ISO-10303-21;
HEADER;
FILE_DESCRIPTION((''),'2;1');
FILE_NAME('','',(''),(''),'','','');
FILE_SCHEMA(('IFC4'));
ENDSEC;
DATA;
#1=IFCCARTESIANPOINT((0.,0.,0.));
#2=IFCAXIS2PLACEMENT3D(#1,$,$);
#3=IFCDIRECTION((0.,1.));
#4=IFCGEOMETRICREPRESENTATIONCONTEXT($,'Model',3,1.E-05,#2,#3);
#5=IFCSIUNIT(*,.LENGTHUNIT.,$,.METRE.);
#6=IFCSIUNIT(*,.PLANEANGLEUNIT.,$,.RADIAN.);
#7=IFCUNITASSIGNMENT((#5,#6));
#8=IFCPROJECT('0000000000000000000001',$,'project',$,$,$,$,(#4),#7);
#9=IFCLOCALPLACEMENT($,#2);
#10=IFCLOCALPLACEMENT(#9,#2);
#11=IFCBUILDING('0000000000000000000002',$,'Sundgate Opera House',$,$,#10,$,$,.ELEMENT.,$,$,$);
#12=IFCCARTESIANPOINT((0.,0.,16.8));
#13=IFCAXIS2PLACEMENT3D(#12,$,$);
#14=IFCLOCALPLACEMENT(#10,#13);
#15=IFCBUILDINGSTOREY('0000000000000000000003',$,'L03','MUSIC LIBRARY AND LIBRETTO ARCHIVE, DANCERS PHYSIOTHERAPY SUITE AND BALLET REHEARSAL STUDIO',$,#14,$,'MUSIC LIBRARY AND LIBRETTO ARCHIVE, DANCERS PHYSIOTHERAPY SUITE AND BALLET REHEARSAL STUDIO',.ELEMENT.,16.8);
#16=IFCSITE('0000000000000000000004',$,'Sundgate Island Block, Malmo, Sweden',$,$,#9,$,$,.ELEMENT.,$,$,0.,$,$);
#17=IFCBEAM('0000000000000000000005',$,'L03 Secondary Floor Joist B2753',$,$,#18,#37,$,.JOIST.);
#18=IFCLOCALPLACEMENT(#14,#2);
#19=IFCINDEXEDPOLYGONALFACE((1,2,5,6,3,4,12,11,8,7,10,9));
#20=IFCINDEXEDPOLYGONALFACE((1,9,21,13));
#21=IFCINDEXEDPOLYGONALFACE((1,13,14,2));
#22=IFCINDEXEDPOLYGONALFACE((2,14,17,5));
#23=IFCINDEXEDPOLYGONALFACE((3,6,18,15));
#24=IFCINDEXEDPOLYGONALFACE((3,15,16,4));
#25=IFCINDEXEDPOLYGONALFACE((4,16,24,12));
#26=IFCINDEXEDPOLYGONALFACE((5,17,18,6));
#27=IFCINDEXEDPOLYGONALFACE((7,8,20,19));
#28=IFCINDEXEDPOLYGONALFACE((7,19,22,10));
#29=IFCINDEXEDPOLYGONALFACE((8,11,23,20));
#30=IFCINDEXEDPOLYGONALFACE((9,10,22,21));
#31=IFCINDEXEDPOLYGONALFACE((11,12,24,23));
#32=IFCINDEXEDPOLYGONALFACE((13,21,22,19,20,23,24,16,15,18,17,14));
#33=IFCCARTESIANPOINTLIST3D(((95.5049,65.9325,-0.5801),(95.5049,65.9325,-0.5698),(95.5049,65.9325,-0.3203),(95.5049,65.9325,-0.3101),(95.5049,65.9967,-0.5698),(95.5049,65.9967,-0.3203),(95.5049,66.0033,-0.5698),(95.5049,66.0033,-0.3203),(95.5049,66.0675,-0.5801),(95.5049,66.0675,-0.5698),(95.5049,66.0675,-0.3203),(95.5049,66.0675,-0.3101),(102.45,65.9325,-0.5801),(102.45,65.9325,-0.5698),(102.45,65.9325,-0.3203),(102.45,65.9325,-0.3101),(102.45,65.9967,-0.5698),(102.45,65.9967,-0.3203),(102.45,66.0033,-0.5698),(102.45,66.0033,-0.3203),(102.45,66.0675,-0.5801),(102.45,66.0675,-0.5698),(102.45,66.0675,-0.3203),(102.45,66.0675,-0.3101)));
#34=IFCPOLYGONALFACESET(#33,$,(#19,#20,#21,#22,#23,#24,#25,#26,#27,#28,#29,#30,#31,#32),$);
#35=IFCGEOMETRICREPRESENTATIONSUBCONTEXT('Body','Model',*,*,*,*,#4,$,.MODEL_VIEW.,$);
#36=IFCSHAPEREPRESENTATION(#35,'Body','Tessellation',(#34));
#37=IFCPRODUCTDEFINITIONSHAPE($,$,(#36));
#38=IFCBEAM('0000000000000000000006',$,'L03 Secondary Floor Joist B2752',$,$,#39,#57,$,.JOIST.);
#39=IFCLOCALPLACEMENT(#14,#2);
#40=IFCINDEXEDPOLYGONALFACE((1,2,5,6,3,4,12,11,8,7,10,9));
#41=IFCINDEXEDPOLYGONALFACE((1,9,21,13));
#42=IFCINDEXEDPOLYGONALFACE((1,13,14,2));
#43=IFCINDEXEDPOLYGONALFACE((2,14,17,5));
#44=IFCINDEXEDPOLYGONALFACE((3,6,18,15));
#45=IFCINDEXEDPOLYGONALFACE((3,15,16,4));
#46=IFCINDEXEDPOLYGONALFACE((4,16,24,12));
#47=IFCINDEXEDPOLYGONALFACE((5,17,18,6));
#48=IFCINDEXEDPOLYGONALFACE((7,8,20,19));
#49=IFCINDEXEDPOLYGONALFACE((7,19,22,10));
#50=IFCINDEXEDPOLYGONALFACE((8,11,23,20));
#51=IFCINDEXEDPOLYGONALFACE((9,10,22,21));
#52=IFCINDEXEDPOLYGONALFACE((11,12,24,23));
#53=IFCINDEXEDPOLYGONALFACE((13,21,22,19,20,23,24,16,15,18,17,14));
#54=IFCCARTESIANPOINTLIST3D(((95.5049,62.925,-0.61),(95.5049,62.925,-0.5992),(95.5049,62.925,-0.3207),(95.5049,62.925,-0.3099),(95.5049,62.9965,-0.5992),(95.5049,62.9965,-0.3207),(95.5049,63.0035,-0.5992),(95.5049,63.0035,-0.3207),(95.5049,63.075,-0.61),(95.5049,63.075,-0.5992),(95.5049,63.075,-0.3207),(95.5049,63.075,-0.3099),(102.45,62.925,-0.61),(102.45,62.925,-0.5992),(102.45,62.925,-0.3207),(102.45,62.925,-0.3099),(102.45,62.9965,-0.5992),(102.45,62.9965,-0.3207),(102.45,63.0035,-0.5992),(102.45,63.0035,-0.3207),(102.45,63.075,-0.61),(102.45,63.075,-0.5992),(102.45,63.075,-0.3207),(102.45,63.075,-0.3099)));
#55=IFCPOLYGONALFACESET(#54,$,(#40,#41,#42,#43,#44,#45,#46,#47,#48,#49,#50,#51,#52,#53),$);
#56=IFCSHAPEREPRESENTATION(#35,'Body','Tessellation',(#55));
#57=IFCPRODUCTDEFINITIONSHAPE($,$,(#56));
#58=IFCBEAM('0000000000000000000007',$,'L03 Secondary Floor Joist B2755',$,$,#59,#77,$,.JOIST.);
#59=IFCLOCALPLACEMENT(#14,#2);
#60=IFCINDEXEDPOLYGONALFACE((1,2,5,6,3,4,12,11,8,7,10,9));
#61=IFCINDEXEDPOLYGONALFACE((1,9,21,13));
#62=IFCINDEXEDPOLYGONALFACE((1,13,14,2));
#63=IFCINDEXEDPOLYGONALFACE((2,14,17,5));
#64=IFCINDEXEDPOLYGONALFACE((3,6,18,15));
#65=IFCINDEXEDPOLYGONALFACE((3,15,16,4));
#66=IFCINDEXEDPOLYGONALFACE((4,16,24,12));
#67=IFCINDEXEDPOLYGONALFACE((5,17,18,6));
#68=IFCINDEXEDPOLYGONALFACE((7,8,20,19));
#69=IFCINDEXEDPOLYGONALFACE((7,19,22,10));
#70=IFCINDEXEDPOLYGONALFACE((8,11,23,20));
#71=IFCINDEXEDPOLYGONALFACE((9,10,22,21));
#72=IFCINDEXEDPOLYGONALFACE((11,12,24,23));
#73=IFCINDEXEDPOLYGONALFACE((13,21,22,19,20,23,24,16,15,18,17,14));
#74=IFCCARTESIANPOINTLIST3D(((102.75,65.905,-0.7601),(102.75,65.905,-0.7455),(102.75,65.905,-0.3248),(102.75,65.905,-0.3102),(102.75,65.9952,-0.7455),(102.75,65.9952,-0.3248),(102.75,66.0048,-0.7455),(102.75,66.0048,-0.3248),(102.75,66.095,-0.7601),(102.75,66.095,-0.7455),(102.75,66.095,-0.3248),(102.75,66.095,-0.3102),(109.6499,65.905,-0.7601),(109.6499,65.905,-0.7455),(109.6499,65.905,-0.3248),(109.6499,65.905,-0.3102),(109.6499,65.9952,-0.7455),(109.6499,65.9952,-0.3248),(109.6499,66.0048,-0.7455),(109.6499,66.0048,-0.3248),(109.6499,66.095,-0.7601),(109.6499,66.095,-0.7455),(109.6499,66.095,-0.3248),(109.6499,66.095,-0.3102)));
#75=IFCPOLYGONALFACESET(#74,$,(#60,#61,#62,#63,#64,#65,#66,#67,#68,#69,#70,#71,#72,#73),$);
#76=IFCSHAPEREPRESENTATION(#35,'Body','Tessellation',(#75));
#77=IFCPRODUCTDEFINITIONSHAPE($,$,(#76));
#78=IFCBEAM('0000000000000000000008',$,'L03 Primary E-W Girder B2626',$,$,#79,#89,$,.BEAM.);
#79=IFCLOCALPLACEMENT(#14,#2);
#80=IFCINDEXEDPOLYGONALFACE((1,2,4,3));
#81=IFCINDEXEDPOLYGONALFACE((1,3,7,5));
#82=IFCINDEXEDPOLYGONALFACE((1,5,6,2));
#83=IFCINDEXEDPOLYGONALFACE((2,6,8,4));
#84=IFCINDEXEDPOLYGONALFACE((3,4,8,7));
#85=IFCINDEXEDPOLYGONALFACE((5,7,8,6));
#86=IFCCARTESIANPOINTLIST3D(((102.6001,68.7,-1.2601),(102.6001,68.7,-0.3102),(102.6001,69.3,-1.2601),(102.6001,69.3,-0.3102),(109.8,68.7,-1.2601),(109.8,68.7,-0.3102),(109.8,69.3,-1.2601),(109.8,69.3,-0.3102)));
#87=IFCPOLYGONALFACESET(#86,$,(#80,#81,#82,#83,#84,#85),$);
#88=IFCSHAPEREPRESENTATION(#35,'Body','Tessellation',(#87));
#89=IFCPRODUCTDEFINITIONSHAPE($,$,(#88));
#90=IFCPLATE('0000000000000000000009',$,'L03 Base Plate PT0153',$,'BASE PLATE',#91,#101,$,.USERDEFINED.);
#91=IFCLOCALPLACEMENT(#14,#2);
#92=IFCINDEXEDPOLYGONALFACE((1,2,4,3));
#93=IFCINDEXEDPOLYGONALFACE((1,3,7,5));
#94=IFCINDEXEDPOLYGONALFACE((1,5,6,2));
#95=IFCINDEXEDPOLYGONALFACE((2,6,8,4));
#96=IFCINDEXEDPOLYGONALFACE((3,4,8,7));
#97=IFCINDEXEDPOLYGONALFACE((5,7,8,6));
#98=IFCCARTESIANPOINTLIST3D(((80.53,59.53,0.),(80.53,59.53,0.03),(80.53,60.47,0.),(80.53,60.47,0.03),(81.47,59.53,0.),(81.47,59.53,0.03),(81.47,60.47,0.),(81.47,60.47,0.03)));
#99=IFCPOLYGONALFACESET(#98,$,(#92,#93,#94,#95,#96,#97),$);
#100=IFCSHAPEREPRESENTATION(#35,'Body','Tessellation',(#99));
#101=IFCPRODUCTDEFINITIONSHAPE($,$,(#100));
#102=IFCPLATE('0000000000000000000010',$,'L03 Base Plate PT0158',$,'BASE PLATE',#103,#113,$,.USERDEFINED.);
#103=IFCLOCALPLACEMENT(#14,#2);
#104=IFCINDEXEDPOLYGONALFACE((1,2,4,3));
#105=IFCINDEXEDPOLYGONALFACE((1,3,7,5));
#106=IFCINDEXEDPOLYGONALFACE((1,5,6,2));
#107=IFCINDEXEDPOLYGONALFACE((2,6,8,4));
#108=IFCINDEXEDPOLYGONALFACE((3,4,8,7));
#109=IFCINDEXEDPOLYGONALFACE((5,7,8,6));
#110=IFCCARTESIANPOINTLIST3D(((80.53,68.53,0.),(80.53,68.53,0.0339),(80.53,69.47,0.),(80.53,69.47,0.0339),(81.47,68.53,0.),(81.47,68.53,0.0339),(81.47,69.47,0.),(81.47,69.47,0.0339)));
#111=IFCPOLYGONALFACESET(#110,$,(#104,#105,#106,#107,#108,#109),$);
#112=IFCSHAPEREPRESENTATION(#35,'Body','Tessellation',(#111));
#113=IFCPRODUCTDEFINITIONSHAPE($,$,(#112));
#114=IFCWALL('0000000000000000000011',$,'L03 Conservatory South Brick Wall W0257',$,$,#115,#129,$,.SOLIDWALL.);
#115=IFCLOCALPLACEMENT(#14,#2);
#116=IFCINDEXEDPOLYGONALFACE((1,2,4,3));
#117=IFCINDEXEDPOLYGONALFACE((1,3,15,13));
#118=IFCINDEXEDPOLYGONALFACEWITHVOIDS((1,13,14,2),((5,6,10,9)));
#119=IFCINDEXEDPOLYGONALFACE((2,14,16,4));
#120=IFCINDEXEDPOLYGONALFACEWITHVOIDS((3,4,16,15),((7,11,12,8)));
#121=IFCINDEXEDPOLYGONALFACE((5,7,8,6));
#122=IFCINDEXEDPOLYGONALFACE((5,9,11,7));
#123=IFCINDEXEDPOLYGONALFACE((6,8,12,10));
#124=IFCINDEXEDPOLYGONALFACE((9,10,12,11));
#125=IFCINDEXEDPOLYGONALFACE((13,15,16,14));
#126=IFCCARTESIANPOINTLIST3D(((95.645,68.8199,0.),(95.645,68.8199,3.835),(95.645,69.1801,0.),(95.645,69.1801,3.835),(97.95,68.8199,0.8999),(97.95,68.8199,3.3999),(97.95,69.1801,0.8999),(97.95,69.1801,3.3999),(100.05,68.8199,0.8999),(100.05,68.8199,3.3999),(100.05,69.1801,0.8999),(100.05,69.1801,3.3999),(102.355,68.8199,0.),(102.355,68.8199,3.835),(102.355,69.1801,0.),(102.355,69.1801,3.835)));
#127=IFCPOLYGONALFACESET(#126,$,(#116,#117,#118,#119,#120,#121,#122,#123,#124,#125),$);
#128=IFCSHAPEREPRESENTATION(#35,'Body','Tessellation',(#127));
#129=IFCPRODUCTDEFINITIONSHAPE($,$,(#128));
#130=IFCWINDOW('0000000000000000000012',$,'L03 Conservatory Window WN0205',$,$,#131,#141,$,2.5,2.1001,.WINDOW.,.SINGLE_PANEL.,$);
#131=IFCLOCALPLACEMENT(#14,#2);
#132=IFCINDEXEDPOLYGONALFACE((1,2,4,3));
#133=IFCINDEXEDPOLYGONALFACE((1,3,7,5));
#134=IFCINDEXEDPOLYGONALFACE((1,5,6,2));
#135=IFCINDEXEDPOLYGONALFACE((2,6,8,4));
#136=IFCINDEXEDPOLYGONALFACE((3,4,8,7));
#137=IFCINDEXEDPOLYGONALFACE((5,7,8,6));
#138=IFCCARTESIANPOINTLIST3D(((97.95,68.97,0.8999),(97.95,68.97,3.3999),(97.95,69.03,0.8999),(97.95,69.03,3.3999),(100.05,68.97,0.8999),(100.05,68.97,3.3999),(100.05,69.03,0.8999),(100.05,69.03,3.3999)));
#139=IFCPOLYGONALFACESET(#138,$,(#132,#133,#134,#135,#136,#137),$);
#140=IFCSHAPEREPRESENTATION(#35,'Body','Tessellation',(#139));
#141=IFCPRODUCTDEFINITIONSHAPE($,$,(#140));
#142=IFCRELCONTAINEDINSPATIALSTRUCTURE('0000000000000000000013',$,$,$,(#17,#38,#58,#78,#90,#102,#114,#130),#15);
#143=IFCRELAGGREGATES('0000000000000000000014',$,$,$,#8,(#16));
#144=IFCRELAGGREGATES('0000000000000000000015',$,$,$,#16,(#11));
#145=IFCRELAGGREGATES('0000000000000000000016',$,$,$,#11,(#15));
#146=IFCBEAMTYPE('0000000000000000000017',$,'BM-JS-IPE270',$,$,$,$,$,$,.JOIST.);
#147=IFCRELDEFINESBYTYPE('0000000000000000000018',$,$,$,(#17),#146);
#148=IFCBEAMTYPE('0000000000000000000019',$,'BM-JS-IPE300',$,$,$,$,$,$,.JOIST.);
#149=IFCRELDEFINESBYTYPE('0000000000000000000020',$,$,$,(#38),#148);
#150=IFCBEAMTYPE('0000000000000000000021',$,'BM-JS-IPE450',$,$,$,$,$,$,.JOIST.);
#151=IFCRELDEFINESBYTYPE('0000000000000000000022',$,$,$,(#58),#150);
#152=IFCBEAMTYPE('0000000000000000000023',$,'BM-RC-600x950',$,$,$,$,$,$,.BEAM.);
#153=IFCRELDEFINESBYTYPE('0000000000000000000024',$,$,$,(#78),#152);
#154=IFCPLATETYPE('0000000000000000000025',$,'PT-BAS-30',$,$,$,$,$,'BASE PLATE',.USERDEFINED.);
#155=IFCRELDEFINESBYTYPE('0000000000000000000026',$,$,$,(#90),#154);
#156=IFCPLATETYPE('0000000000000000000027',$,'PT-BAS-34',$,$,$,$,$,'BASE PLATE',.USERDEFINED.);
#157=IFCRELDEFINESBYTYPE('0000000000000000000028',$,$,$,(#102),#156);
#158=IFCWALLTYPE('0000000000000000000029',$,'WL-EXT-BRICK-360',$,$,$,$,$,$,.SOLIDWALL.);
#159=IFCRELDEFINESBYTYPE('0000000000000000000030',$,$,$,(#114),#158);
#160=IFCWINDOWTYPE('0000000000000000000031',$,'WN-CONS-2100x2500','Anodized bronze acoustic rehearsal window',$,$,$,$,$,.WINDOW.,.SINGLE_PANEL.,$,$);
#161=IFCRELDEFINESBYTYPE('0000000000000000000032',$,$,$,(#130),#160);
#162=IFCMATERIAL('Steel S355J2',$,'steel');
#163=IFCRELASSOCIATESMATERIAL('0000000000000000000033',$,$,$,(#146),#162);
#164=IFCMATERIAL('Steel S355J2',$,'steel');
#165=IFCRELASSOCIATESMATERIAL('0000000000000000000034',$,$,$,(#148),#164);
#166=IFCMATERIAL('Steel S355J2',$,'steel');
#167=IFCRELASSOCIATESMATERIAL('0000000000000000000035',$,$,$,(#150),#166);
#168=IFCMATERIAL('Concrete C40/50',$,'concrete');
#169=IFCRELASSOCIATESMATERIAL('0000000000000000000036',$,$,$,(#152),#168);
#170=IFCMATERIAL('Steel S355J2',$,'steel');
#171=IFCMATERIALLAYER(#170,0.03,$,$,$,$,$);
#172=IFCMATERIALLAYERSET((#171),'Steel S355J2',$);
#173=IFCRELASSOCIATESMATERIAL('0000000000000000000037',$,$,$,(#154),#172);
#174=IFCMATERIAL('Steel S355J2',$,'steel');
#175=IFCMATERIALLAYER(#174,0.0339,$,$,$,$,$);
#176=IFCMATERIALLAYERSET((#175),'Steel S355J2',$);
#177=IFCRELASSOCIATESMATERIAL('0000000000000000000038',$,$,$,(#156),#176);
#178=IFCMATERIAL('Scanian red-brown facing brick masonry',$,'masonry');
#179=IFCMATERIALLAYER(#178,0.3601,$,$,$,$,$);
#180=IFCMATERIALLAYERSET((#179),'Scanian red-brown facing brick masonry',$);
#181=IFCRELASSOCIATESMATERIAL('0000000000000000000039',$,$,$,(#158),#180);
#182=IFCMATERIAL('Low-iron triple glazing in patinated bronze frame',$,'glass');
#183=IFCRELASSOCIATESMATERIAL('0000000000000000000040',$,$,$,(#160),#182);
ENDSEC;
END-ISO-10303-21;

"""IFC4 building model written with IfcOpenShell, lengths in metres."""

from ifc_helpers import new_model, si_unit, direction, frame, frame_2d, origin, origin_2d, place, context, subcontext, project, spatial, rectangle, i_section, extrude, material, layer, layer_set, material_profile, profile_set, type_object, element, fill, save


model = new_model("IFC4")

# Units and contexts
model_context = context("Model", 3, precision=1e-05, world=origin(), true_north=direction((0.0, 1.0)))
body_context = subcontext(model_context, "Body", "Model", "MODEL_VIEW")
ifc_project = project(units=[si_unit("LENGTHUNIT", "METRE"), si_unit("PLANEANGLEUNIT", "RADIAN")], contexts=[model_context])

# Site, building, storey
site_placement = place(None, origin())
site = spatial("IfcSite", under=ifc_project, at=site_placement, Name="Sundgate Island Block, Malmo, Sweden", CompositionType="ELEMENT", RefElevation=0.0)
building_placement = place(site_placement, origin())
building = spatial("IfcBuilding", under=site, at=building_placement, Name="Sundgate Opera House", CompositionType="ELEMENT")
storey_placement = place(building_placement, frame((0.0, 0.0, 16.8)))
storey = spatial("IfcBuildingStorey", under=building, at=storey_placement, Name="L03", Description="MUSIC LIBRARY AND LIBRETTO ARCHIVE, DANCERS PHYSIOTHERAPY SUITE AND BALLET REHEARSAL STUDIO", LongName="MUSIC LIBRARY AND LIBRETTO ARCHIVE, DANCERS PHYSIOTHERAPY SUITE AND BALLET REHEARSAL STUDIO", CompositionType="ELEMENT", Elevation=16.8)

# Beams
ifc_material_1 = material(Name="Steel S355J2", Category="steel")
ifc_material_profile_1 = material_profile(ifc_material_1, i_section(OverallWidth=0.135, OverallDepth=0.27, WebThickness=0.0066, FlangeThickness=0.0103, at=origin_2d()), Name="IPE 270")
ifc_profile_set_1 = profile_set([ifc_material_profile_1], Name="Steel S355J2")
beam_type_1 = type_object("IfcBeamType", Name="BM-JS-IPE270", PredefinedType="JOIST", material=ifc_profile_set_1)
beam_1_placement = place(storey_placement, frame((95.5049, 66.0, -0.4451), z_axis=(1.0, 0.0, 0.0), x_axis=(0.0, 1.0, 0.0)))
element("IfcBeam", 1, at=beam_1_placement, inside=storey, type_object=beam_type_1, Name="L03 Secondary Floor Joist B2753", PredefinedType="JOIST", context=body_context, shape_type="SweptSolid", body=[
    extrude(i_section(OverallWidth=0.135, OverallDepth=0.27, WebThickness=0.0066, FlangeThickness=0.0103, at=origin_2d()), origin(), (0.0, 0.0, 1.0), 6.9451),
])
ifc_material_2 = material(Name="Steel S355J2", Category="steel")
ifc_material_profile_2 = material_profile(ifc_material_2, i_section(OverallWidth=0.1499, OverallDepth=0.3, WebThickness=0.0071, FlangeThickness=0.0107, at=origin_2d()), Name="IPE 300")
ifc_profile_set_2 = profile_set([ifc_material_profile_2], Name="Steel S355J2")
beam_type_2 = type_object("IfcBeamType", Name="BM-JS-IPE300", PredefinedType="JOIST", material=ifc_profile_set_2)
beam_2_placement = place(storey_placement, frame((95.5049, 63.0, -0.46), z_axis=(1.0, 0.0, 0.0), x_axis=(0.0, 1.0, 0.0)))
element("IfcBeam", 2, at=beam_2_placement, inside=storey, type_object=beam_type_2, Name="L03 Secondary Floor Joist B2752", PredefinedType="JOIST", context=body_context, shape_type="SweptSolid", body=[
    extrude(i_section(OverallWidth=0.1499, OverallDepth=0.3, WebThickness=0.0071, FlangeThickness=0.0107, at=origin_2d()), origin(), (0.0, 0.0, 1.0), 6.9451),
])
ifc_material_3 = material(Name="Steel S355J2", Category="steel")
ifc_material_profile_3 = material_profile(ifc_material_3, i_section(OverallWidth=0.1899, OverallDepth=0.45, WebThickness=0.0095, FlangeThickness=0.0146, at=origin_2d()), Name="IPE 450")
ifc_profile_set_3 = profile_set([ifc_material_profile_3], Name="Steel S355J2")
beam_type_3 = type_object("IfcBeamType", Name="BM-JS-IPE450", PredefinedType="JOIST", material=ifc_profile_set_3)
beam_3_placement = place(storey_placement, frame((102.75, 66.0, -0.5352), z_axis=(1.0, 0.0, 0.0), x_axis=(0.0, 1.0, 0.0)))
element("IfcBeam", 3, at=beam_3_placement, inside=storey, type_object=beam_type_3, Name="L03 Secondary Floor Joist B2755", PredefinedType="JOIST", context=body_context, shape_type="SweptSolid", body=[
    extrude(i_section(OverallWidth=0.1899, OverallDepth=0.45, WebThickness=0.0095, FlangeThickness=0.0146, at=origin_2d()), origin(), (0.0, 0.0, 1.0), 6.8999),
])
ifc_material_4 = material(Name="Concrete C40/50", Category="concrete")
ifc_material_profile_4 = material_profile(ifc_material_4, rectangle(XDim=0.6001, YDim=0.95, at=origin_2d()), Name="RC 600x950")
ifc_profile_set_4 = profile_set([ifc_material_profile_4], Name="Concrete C40/50")
beam_type_4 = type_object("IfcBeamType", Name="BM-RC-600x950", PredefinedType="BEAM", material=ifc_profile_set_4)
beam_4_placement = place(storey_placement, frame((102.6001, 69.0, -0.7852), z_axis=(1.0, 0.0, 0.0), x_axis=(0.0, 1.0, 0.0)))
element("IfcBeam", 4, at=beam_4_placement, inside=storey, type_object=beam_type_4, Name="L03 Primary E-W Girder B2626", PredefinedType="BEAM", context=body_context, shape_type="SweptSolid", body=[
    extrude(rectangle(XDim=0.6001, YDim=0.95, at=origin_2d()), origin(), (0.0, 0.0, 1.0), 7.2),
])

# Plates
ifc_material_5 = material(Name="Steel S355J2", Category="steel")
ifc_layer_1 = layer(ifc_material_5, 0.03)
ifc_layer_set_1 = layer_set([ifc_layer_1], Name="Steel S355J2")
plate_type_1 = type_object("IfcPlateType", Name="PT-BAS-30", ElementType="BASE PLATE", PredefinedType="USERDEFINED", material=ifc_layer_set_1)
plate_1_placement = place(storey_placement, frame((81.0, 60.0, 0.0), z_axis=(0.0, 0.0, 1.0), x_axis=(1.0, 0.0, 0.0)))
element("IfcPlate", 5, at=plate_1_placement, inside=storey, type_object=plate_type_1, Name="L03 Base Plate PT0153", ObjectType="BASE PLATE", PredefinedType="USERDEFINED", context=body_context, shape_type="SweptSolid", body=[
    extrude(rectangle(XDim=0.9399, YDim=0.9399, at=origin_2d()), origin(), (0.0, 0.0, 1.0), 0.03),
])
ifc_material_6 = material(Name="Steel S355J2", Category="steel")
ifc_layer_2 = layer(ifc_material_6, 0.0339)
ifc_layer_set_2 = layer_set([ifc_layer_2], Name="Steel S355J2")
plate_type_2 = type_object("IfcPlateType", Name="PT-BAS-34", ElementType="BASE PLATE", PredefinedType="USERDEFINED", material=ifc_layer_set_2)
plate_2_placement = place(storey_placement, frame((81.0, 69.0, 0.0), z_axis=(0.0, 0.0, 1.0), x_axis=(1.0, 0.0, 0.0)))
element("IfcPlate", 6, at=plate_2_placement, inside=storey, type_object=plate_type_2, Name="L03 Base Plate PT0158", ObjectType="BASE PLATE", PredefinedType="USERDEFINED", context=body_context, shape_type="SweptSolid", body=[
    extrude(rectangle(XDim=0.9399, YDim=0.9399, at=origin_2d()), origin(), (0.0, 0.0, 1.0), 0.0339),
])

# Wall, opening, window
ifc_material_7 = material(Name="Scanian red-brown facing brick masonry", Category="masonry")
ifc_layer_3 = layer(ifc_material_7, 0.3601)
ifc_layer_set_3 = layer_set([ifc_layer_3], Name="Scanian red-brown facing brick masonry")
wall_type_1 = type_object("IfcWallType", Name="WL-EXT-BRICK-360", PredefinedType="SOLIDWALL", material=ifc_layer_set_3)
wall_1_placement = place(storey_placement, frame((102.355, 69.0, 0.0), z_axis=(0.0, 0.0, 1.0), x_axis=(-1.0, 0.0, 0.0)))
wall_1 = element("IfcWall", 7, at=wall_1_placement, inside=storey, type_object=wall_type_1, Name="L03 Conservatory South Brick Wall W0257", PredefinedType="SOLIDWALL", context=body_context, shape_type="SweptSolid", body=[
    extrude(rectangle(XDim=6.71, YDim=0.3601, at=frame_2d((3.355, 0.0))), origin(), (0.0, 0.0, 1.0), 3.835),
])
opening_1_placement = place(wall_1_placement, frame((2.3049, 0.0, 0.8999)))
opening_1 = element("IfcOpeningElement", 8, at=opening_1_placement, cuts=wall_1, PredefinedType="OPENING", context=body_context, shape_type="SweptSolid", body=[
    extrude(rectangle(XDim=2.1001, YDim=2.5, at=frame_2d((1.05, 1.25))), frame((0.0, 0.1899, 0.0), z_axis=(0.0, -1.0, 0.0), x_axis=(1.0, 0.0, 0.0)), (0.0, 0.0, 1.0), 0.3801),
])
ifc_material_8 = material(Name="Low-iron triple glazing in patinated bronze frame", Category="glass")
window_type_1 = type_object("IfcWindowType", Name="WN-CONS-2100x2500", Description="Anodized bronze acoustic rehearsal window", PartitioningType="SINGLE_PANEL", PredefinedType="WINDOW", material=ifc_material_8)
window_1_placement = place(opening_1_placement, origin())
window_1 = element("IfcWindow", 9, at=window_1_placement, inside=storey, type_object=window_type_1, Name="L03 Conservatory Window WN0205", OverallHeight=2.5, OverallWidth=2.1001, PartitioningType="SINGLE_PANEL", PredefinedType="WINDOW", context=body_context, shape_type="SweptSolid", body=[
    extrude(rectangle(XDim=2.1001, YDim=2.5, at=frame_2d((1.05, 1.25))), frame((0.0, 0.03, 0.0), z_axis=(0.0, -1.0, 0.0), x_axis=(1.0, 0.0, 0.0)), (0.0, 0.0, 1.0), 0.0601),
])
fill(opening_1, window_1)

save(model, "model.ifc")
